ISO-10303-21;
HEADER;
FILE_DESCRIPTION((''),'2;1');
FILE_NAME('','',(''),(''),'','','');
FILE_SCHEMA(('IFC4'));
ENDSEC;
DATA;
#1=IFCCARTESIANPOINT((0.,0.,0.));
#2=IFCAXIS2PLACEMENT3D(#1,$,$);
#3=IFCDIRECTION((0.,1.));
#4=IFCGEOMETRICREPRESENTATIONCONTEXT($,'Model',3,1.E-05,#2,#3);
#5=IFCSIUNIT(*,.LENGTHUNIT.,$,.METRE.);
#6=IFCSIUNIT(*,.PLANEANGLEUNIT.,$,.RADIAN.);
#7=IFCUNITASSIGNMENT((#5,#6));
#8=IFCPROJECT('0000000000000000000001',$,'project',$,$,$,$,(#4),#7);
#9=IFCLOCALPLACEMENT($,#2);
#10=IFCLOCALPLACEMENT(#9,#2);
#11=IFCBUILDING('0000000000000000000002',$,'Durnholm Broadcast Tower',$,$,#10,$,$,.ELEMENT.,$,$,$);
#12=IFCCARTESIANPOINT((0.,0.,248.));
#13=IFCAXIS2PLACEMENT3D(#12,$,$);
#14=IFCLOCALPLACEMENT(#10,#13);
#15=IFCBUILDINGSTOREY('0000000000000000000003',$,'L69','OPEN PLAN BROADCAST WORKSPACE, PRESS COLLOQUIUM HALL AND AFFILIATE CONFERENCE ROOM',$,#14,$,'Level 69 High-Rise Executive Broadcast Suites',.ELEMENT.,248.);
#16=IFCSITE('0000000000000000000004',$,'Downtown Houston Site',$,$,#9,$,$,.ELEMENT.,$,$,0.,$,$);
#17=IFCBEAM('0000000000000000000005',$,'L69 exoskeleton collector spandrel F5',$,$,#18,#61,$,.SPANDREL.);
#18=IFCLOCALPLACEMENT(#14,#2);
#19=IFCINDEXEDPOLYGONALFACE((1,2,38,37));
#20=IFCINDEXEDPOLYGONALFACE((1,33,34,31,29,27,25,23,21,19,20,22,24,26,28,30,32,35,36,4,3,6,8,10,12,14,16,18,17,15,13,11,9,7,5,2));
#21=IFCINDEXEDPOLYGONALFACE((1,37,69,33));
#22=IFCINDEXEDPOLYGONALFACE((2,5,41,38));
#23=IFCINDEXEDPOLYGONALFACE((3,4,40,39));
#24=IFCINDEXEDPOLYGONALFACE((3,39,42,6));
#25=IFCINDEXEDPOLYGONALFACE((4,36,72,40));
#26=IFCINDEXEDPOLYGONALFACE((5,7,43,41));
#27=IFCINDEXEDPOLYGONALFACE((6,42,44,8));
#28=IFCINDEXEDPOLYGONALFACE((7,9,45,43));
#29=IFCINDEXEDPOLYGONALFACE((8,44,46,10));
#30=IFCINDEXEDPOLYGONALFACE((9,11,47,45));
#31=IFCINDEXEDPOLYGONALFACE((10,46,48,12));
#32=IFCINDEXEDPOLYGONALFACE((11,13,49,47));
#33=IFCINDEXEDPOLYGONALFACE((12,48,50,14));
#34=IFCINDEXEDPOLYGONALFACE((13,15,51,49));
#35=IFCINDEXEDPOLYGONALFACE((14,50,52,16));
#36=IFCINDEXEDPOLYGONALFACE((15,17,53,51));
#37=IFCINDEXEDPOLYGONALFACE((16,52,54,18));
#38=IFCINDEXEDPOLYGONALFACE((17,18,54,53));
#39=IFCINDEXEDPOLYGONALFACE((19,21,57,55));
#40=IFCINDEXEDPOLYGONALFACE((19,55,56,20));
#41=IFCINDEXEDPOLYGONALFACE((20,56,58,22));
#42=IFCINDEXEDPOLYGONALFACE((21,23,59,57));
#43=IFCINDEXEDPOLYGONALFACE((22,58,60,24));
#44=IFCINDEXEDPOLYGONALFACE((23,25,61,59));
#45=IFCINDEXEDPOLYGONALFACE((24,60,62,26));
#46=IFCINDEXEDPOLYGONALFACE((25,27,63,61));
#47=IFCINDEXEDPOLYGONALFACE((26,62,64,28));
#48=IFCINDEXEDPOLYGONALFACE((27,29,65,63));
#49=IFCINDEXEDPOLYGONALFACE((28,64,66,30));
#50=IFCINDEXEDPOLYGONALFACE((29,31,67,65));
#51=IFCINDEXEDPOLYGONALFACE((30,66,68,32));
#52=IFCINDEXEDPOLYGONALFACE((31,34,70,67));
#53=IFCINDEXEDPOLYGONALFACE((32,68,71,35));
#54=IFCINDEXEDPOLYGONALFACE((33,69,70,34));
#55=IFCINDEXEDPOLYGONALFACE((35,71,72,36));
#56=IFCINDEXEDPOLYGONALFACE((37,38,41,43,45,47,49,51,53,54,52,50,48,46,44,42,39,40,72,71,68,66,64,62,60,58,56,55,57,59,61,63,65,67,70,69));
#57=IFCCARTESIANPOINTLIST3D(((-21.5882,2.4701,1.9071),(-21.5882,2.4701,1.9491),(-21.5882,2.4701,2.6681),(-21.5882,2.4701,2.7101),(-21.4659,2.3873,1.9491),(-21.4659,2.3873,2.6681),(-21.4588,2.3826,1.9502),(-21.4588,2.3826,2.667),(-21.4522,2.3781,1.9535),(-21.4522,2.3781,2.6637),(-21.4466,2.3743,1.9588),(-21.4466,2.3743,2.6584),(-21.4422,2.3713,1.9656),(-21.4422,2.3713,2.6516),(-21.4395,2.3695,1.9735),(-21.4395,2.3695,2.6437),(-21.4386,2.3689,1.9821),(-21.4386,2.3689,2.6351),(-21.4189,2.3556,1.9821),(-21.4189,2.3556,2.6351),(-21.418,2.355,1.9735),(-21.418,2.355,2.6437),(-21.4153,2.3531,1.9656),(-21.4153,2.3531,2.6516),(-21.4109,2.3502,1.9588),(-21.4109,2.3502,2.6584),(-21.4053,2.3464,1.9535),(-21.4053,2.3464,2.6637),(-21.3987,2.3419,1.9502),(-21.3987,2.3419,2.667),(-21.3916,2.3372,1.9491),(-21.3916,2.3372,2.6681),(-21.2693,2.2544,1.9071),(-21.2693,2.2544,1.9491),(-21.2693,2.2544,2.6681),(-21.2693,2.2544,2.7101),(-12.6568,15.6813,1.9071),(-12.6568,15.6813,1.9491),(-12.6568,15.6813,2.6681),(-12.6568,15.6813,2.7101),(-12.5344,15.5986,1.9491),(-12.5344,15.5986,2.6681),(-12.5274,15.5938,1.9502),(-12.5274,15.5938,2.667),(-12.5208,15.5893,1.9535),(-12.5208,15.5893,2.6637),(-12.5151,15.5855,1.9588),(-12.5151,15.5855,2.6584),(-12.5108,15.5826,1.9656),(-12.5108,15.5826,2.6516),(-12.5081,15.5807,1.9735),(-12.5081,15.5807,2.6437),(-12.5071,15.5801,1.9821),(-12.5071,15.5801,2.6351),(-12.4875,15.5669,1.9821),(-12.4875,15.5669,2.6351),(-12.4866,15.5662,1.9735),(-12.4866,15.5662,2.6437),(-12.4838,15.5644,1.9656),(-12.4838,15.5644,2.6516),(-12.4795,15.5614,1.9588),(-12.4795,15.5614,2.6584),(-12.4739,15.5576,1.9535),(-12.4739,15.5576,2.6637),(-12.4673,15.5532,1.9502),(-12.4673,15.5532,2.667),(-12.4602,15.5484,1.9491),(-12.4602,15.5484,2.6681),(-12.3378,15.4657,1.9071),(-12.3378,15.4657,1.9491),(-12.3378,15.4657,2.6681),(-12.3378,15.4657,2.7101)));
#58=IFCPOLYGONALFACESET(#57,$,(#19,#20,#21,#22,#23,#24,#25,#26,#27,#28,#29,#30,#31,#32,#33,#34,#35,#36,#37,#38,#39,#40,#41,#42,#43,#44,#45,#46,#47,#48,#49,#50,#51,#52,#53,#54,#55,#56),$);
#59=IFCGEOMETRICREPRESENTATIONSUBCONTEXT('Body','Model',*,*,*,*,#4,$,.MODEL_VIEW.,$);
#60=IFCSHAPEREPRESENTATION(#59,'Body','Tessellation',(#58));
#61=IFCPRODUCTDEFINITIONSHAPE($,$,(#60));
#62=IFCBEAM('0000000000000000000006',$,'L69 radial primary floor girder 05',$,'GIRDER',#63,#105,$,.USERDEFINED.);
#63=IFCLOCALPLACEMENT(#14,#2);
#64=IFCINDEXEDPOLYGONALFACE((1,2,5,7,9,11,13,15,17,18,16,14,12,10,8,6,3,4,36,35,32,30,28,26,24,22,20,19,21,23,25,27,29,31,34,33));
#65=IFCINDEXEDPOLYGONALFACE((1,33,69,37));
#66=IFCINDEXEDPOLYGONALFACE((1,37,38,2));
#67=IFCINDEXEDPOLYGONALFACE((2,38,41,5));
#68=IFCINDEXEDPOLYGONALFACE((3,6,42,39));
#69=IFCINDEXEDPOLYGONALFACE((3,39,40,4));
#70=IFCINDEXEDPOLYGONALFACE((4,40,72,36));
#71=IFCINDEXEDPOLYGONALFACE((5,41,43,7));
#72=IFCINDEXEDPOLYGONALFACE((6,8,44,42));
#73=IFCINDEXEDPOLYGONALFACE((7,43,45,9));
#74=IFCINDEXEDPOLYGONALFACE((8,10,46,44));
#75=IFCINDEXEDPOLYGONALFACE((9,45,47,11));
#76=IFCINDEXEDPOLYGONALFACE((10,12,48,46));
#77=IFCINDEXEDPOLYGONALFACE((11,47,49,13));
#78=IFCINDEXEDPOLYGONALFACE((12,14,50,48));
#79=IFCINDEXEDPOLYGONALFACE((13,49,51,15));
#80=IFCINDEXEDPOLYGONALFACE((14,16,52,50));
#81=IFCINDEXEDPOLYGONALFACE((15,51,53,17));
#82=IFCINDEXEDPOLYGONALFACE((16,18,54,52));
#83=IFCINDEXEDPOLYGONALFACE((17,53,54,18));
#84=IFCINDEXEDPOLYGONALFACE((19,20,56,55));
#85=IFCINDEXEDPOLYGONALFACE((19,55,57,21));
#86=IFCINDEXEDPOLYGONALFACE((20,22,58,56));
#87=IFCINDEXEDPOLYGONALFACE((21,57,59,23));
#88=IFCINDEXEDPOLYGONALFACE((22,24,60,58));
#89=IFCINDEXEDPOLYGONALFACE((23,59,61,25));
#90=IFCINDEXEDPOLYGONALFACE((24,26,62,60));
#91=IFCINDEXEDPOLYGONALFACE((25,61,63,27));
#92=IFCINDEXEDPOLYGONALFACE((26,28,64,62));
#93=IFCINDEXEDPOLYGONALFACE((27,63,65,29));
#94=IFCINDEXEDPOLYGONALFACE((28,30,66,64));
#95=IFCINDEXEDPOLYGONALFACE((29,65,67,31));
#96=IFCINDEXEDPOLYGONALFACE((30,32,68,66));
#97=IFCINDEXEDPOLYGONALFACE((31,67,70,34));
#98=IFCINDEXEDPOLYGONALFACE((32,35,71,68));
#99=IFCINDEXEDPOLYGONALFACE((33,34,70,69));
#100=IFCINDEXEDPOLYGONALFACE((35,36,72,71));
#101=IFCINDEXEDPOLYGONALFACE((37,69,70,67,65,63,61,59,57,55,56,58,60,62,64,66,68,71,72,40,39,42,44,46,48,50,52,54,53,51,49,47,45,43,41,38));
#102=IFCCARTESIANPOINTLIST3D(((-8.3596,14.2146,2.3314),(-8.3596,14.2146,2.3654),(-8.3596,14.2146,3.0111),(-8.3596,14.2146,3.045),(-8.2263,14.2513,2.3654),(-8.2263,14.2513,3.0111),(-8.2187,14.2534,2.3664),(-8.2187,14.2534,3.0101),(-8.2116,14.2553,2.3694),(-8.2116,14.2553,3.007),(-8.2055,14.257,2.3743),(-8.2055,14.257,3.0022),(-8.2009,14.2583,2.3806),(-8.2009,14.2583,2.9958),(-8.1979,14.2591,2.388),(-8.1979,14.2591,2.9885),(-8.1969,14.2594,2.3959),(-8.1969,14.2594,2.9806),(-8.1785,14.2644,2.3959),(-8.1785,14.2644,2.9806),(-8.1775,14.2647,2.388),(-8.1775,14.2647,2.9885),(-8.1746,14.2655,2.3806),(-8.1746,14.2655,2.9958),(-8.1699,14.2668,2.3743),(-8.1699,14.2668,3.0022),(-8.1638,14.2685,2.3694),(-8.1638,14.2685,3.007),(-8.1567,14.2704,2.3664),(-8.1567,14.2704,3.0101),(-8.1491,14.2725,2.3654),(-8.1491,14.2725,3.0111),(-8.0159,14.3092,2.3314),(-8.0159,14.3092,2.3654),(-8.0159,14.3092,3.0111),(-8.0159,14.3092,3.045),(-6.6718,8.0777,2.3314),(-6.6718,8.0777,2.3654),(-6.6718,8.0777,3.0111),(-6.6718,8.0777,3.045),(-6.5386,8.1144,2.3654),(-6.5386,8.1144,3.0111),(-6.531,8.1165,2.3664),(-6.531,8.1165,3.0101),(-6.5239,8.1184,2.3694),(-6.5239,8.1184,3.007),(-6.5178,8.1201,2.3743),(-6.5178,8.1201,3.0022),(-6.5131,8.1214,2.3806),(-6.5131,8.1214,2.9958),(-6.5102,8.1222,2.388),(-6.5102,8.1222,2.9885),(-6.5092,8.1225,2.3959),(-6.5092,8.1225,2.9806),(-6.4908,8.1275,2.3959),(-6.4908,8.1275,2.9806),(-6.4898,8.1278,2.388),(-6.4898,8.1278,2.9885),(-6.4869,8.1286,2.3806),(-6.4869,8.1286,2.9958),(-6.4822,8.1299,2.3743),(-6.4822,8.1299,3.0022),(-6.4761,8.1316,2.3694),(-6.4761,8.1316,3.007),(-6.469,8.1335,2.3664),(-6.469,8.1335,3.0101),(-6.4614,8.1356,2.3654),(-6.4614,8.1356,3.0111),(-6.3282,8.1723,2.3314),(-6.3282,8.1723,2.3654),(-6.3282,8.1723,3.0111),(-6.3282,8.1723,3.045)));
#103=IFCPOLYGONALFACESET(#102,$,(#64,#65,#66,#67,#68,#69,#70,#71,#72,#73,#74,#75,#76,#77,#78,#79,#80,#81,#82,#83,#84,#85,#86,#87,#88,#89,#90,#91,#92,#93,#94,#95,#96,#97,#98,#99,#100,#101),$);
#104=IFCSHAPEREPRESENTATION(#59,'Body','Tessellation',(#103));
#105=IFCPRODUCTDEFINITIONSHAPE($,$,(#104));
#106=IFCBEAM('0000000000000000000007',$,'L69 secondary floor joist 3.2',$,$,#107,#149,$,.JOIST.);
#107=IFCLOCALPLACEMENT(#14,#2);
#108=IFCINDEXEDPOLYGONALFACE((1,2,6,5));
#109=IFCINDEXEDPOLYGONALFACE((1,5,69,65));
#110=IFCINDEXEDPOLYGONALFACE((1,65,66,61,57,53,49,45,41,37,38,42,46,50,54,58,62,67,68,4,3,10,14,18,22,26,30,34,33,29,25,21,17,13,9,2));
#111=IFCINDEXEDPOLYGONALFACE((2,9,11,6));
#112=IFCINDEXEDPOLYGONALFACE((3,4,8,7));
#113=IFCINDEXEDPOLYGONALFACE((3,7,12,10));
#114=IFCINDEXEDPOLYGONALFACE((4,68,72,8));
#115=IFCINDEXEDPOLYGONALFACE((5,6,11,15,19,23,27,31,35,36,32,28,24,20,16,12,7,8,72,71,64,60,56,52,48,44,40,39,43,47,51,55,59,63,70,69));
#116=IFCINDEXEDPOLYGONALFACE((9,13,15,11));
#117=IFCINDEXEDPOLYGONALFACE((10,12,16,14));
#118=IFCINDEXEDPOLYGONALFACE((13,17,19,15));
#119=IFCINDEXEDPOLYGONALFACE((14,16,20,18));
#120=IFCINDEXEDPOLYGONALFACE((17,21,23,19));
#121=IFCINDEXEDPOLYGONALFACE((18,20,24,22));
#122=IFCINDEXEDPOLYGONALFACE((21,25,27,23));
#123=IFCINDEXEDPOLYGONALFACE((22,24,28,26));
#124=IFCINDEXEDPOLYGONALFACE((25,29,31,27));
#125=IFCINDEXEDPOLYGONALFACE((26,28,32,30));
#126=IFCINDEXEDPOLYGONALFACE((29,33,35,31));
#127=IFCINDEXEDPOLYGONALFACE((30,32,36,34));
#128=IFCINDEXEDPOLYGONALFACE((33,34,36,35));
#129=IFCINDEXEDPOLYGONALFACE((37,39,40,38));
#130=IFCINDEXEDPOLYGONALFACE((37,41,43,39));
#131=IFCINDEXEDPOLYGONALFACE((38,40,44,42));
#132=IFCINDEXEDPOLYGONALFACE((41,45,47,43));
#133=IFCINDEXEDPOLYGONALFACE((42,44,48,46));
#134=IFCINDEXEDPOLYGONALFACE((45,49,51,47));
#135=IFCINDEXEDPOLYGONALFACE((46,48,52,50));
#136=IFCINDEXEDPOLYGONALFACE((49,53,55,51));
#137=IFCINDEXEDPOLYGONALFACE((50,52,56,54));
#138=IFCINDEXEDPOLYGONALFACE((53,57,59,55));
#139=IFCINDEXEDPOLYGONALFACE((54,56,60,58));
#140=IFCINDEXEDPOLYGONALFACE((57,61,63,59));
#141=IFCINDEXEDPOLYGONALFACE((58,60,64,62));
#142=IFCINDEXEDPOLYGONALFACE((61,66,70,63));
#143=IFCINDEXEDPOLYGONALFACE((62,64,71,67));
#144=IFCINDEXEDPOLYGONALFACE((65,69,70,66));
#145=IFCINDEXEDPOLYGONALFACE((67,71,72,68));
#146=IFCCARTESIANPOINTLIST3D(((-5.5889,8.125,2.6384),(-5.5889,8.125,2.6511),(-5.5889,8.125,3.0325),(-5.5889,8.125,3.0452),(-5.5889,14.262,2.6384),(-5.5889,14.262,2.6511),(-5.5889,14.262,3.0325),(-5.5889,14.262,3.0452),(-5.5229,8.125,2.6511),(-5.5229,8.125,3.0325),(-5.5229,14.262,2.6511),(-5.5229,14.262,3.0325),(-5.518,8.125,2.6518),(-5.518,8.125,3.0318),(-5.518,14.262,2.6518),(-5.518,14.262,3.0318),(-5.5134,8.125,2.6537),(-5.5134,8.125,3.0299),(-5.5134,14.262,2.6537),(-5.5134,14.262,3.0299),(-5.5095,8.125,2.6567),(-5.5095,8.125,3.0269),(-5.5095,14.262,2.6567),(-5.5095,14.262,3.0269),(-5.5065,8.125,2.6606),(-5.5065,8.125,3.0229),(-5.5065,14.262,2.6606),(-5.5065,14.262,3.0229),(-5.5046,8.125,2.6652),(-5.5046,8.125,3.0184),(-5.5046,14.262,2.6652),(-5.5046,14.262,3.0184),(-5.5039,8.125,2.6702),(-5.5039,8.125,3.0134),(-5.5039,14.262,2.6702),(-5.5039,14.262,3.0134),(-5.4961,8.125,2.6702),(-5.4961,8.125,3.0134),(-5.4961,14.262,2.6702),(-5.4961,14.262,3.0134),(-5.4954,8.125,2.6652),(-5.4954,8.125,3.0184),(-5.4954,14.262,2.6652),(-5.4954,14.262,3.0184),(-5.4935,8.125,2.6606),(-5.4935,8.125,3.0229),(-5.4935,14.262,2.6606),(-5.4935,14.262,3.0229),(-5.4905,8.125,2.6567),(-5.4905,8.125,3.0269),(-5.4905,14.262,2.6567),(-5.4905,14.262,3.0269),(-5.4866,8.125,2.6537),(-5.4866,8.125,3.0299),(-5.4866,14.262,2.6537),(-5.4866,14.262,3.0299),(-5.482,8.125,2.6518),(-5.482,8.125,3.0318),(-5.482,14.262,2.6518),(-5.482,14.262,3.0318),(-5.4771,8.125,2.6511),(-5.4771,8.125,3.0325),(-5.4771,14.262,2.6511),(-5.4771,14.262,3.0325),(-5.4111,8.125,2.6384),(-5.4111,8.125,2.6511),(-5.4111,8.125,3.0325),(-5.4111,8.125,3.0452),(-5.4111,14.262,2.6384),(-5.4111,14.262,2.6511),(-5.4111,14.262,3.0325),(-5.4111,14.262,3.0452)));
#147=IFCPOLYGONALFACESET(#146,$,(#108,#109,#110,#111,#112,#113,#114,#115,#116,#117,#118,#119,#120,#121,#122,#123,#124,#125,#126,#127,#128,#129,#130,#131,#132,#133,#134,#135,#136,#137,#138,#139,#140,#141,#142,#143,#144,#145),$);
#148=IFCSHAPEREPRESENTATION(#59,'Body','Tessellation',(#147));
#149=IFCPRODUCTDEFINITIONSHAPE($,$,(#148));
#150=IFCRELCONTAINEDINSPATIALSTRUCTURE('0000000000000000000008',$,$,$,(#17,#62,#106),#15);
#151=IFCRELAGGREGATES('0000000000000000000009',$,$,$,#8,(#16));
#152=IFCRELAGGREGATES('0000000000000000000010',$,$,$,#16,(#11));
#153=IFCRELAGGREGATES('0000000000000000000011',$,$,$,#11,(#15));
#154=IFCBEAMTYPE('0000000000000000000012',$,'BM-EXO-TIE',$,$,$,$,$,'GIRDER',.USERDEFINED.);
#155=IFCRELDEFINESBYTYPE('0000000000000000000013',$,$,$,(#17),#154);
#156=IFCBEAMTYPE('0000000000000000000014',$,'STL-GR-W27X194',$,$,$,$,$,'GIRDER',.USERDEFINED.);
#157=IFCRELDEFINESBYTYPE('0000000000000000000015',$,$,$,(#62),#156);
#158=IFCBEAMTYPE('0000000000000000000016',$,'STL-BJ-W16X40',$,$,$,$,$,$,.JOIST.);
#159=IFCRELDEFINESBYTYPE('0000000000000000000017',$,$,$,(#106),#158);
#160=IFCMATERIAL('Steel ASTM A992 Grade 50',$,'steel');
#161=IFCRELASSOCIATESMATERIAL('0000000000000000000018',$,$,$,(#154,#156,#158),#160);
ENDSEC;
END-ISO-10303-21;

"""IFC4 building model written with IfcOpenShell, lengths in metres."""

from ifc_helpers import new_model, si_unit, direction, frame, origin, origin_2d, place, context, subcontext, project, spatial, i_section, extrude, source, transform, mapped, material, material_profile, profile_set, type_object, type_shapes, element, save


model = new_model("IFC4")

# Units and contexts
model_context = context("Model", 3, precision=1e-05, world=origin(), true_north=direction((0.0, 1.0)))
body_context = subcontext(model_context, "Body", "Model", "MODEL_VIEW")
ifc_project = project(units=[si_unit("LENGTHUNIT", "METRE"), si_unit("PLANEANGLEUNIT", "RADIAN")], contexts=[model_context])

# Site, building, storey
site_placement = place(None, origin())
site = spatial("IfcSite", under=ifc_project, at=site_placement, Name="Downtown Houston Site", CompositionType="ELEMENT", RefElevation=0.0)
building_placement = place(site_placement, origin())
building = spatial("IfcBuilding", under=site, at=building_placement, Name="Durnholm Broadcast Tower", CompositionType="ELEMENT")
storey_placement = place(building_placement, frame((0.0, 0.0, 248.0)))
storey = spatial("IfcBuildingStorey", under=building, at=storey_placement, Name="L69", Description="OPEN PLAN BROADCAST WORKSPACE, PRESS COLLOQUIUM HALL AND AFFILIATE CONFERENCE ROOM", LongName="Level 69 High-Rise Executive Broadcast Suites", CompositionType="ELEMENT", Elevation=248.0)

# Beams
ifc_material_1 = material(Name="Steel ASTM A992 Grade 50", Category="steel")
ifc_material_profile_1 = material_profile(ifc_material_1, i_section(OverallWidth=0.385, OverallDepth=0.803, WebThickness=0.0237, FlangeThickness=0.042, FilletRadius=0.033, at=origin_2d()), Name="W30X261")
ifc_profile_set_1 = profile_set([ifc_material_profile_1], Name="Steel ASTM A992 Grade 50")
beam_type_1 = type_object("IfcBeamType", Name="BM-EXO-TIE", ElementType="GIRDER", PredefinedType="USERDEFINED", material=ifc_profile_set_1)
ifc_material_profile_2 = material_profile(ifc_material_1, i_section(OverallWidth=0.3564, OverallDepth=0.7136, WebThickness=0.019, FlangeThickness=0.0339, FilletRadius=0.0305, at=origin_2d()), Name="W27X194")
ifc_profile_set_2 = profile_set([ifc_material_profile_2], Name="Steel ASTM A992 Grade 50")
beam_type_2 = type_object("IfcBeamType", Name="STL-GR-W27X194", ElementType="GIRDER", PredefinedType="USERDEFINED", material=ifc_profile_set_2)
shared_shape_1 = source(origin(), body_context, "Body", "SweptSolid", [
    extrude(i_section(OverallWidth=0.385, OverallDepth=0.803, WebThickness=0.0237, FlangeThickness=0.042, FilletRadius=0.033, at=origin_2d()), origin(), (0.0, 0.0, 1.0), 15.947),
])
beam_1_placement = place(storey_placement, frame((-12.4973, 15.5735, 2.3086), z_axis=(-0.560069, -0.828446, 0.0), x_axis=(0.828446, -0.560069, 0.0)))
element("IfcBeam", 1, at=beam_1_placement, inside=storey, type_object=beam_type_1, Name="L69 exoskeleton collector spandrel F5", PredefinedType="SPANDREL", context=body_context, shape_type="MappedRepresentation", body=[
    mapped(shared_shape_1, transform((0.0, 0.0, 0.0), x_axis=(1.0, 0.0, 0.0), y_axis=(0.0, 1.0, 0.0), z_axis=(0.0, 0.0, 1.0), scale=1.0)),
])
shared_shape_2 = source(origin(), body_context, "Body", "SweptSolid", [
    extrude(i_section(OverallWidth=0.3564, OverallDepth=0.7136, WebThickness=0.019, FlangeThickness=0.0339, FilletRadius=0.0305, at=origin_2d()), origin(), (0.0, 0.0, 1.0), 6.3647),
])
beam_2_placement = place(storey_placement, frame((-6.5, 8.125, 2.6882), z_axis=(-0.265168, 0.964202, 0.0), x_axis=(-0.964202, -0.265168, 0.0)))
element("IfcBeam", 2, at=beam_2_placement, inside=storey, type_object=beam_type_2, Name="L69 radial primary floor girder 05", ObjectType="GIRDER", PredefinedType="USERDEFINED", context=body_context, shape_type="MappedRepresentation", body=[
    mapped(shared_shape_2, transform((0.0, 0.0, 0.0), x_axis=(1.0, 0.0, 0.0), y_axis=(0.0, 1.0, 0.0), z_axis=(0.0, 0.0, 1.0), scale=1.0)),
])
ifc_material_profile_3 = material_profile(ifc_material_1, i_section(OverallWidth=0.1777, OverallDepth=0.4067, WebThickness=0.0078, FlangeThickness=0.0127, FilletRadius=0.019, at=origin_2d()), Name="W16X40")
ifc_profile_set_3 = profile_set([ifc_material_profile_3], Name="Steel ASTM A992 Grade 50")
beam_type_3 = type_object("IfcBeamType", Name="STL-BJ-W16X40", PredefinedType="JOIST", material=ifc_profile_set_3)
shared_shape_3 = source(origin(), body_context, "Body", "SweptSolid", [
    extrude(i_section(OverallWidth=0.1777, OverallDepth=0.4067, WebThickness=0.0078, FlangeThickness=0.0127, FilletRadius=0.019, at=origin_2d()), origin(), (0.0, 0.0, 1.0), 6.137),
])
type_shapes(beam_type_3, [shared_shape_3])
beam_3_placement = place(storey_placement, frame((-5.5, 8.125, 2.8418), z_axis=(0.0, 1.0, 0.0), x_axis=(-1.0, 0.0, 0.0)))
element("IfcBeam", 3, at=beam_3_placement, inside=storey, type_object=beam_type_3, Name="L69 secondary floor joist 3.2", PredefinedType="JOIST", context=body_context, shape_type="MappedRepresentation", body=[
    mapped(shared_shape_3, transform((0.0, 0.0, 0.0), x_axis=(1.0, 0.0, 0.0), y_axis=(0.0, 1.0, 0.0), z_axis=(0.0, 0.0, 1.0), scale=1.0)),
])

save(model, "model.ifc")
